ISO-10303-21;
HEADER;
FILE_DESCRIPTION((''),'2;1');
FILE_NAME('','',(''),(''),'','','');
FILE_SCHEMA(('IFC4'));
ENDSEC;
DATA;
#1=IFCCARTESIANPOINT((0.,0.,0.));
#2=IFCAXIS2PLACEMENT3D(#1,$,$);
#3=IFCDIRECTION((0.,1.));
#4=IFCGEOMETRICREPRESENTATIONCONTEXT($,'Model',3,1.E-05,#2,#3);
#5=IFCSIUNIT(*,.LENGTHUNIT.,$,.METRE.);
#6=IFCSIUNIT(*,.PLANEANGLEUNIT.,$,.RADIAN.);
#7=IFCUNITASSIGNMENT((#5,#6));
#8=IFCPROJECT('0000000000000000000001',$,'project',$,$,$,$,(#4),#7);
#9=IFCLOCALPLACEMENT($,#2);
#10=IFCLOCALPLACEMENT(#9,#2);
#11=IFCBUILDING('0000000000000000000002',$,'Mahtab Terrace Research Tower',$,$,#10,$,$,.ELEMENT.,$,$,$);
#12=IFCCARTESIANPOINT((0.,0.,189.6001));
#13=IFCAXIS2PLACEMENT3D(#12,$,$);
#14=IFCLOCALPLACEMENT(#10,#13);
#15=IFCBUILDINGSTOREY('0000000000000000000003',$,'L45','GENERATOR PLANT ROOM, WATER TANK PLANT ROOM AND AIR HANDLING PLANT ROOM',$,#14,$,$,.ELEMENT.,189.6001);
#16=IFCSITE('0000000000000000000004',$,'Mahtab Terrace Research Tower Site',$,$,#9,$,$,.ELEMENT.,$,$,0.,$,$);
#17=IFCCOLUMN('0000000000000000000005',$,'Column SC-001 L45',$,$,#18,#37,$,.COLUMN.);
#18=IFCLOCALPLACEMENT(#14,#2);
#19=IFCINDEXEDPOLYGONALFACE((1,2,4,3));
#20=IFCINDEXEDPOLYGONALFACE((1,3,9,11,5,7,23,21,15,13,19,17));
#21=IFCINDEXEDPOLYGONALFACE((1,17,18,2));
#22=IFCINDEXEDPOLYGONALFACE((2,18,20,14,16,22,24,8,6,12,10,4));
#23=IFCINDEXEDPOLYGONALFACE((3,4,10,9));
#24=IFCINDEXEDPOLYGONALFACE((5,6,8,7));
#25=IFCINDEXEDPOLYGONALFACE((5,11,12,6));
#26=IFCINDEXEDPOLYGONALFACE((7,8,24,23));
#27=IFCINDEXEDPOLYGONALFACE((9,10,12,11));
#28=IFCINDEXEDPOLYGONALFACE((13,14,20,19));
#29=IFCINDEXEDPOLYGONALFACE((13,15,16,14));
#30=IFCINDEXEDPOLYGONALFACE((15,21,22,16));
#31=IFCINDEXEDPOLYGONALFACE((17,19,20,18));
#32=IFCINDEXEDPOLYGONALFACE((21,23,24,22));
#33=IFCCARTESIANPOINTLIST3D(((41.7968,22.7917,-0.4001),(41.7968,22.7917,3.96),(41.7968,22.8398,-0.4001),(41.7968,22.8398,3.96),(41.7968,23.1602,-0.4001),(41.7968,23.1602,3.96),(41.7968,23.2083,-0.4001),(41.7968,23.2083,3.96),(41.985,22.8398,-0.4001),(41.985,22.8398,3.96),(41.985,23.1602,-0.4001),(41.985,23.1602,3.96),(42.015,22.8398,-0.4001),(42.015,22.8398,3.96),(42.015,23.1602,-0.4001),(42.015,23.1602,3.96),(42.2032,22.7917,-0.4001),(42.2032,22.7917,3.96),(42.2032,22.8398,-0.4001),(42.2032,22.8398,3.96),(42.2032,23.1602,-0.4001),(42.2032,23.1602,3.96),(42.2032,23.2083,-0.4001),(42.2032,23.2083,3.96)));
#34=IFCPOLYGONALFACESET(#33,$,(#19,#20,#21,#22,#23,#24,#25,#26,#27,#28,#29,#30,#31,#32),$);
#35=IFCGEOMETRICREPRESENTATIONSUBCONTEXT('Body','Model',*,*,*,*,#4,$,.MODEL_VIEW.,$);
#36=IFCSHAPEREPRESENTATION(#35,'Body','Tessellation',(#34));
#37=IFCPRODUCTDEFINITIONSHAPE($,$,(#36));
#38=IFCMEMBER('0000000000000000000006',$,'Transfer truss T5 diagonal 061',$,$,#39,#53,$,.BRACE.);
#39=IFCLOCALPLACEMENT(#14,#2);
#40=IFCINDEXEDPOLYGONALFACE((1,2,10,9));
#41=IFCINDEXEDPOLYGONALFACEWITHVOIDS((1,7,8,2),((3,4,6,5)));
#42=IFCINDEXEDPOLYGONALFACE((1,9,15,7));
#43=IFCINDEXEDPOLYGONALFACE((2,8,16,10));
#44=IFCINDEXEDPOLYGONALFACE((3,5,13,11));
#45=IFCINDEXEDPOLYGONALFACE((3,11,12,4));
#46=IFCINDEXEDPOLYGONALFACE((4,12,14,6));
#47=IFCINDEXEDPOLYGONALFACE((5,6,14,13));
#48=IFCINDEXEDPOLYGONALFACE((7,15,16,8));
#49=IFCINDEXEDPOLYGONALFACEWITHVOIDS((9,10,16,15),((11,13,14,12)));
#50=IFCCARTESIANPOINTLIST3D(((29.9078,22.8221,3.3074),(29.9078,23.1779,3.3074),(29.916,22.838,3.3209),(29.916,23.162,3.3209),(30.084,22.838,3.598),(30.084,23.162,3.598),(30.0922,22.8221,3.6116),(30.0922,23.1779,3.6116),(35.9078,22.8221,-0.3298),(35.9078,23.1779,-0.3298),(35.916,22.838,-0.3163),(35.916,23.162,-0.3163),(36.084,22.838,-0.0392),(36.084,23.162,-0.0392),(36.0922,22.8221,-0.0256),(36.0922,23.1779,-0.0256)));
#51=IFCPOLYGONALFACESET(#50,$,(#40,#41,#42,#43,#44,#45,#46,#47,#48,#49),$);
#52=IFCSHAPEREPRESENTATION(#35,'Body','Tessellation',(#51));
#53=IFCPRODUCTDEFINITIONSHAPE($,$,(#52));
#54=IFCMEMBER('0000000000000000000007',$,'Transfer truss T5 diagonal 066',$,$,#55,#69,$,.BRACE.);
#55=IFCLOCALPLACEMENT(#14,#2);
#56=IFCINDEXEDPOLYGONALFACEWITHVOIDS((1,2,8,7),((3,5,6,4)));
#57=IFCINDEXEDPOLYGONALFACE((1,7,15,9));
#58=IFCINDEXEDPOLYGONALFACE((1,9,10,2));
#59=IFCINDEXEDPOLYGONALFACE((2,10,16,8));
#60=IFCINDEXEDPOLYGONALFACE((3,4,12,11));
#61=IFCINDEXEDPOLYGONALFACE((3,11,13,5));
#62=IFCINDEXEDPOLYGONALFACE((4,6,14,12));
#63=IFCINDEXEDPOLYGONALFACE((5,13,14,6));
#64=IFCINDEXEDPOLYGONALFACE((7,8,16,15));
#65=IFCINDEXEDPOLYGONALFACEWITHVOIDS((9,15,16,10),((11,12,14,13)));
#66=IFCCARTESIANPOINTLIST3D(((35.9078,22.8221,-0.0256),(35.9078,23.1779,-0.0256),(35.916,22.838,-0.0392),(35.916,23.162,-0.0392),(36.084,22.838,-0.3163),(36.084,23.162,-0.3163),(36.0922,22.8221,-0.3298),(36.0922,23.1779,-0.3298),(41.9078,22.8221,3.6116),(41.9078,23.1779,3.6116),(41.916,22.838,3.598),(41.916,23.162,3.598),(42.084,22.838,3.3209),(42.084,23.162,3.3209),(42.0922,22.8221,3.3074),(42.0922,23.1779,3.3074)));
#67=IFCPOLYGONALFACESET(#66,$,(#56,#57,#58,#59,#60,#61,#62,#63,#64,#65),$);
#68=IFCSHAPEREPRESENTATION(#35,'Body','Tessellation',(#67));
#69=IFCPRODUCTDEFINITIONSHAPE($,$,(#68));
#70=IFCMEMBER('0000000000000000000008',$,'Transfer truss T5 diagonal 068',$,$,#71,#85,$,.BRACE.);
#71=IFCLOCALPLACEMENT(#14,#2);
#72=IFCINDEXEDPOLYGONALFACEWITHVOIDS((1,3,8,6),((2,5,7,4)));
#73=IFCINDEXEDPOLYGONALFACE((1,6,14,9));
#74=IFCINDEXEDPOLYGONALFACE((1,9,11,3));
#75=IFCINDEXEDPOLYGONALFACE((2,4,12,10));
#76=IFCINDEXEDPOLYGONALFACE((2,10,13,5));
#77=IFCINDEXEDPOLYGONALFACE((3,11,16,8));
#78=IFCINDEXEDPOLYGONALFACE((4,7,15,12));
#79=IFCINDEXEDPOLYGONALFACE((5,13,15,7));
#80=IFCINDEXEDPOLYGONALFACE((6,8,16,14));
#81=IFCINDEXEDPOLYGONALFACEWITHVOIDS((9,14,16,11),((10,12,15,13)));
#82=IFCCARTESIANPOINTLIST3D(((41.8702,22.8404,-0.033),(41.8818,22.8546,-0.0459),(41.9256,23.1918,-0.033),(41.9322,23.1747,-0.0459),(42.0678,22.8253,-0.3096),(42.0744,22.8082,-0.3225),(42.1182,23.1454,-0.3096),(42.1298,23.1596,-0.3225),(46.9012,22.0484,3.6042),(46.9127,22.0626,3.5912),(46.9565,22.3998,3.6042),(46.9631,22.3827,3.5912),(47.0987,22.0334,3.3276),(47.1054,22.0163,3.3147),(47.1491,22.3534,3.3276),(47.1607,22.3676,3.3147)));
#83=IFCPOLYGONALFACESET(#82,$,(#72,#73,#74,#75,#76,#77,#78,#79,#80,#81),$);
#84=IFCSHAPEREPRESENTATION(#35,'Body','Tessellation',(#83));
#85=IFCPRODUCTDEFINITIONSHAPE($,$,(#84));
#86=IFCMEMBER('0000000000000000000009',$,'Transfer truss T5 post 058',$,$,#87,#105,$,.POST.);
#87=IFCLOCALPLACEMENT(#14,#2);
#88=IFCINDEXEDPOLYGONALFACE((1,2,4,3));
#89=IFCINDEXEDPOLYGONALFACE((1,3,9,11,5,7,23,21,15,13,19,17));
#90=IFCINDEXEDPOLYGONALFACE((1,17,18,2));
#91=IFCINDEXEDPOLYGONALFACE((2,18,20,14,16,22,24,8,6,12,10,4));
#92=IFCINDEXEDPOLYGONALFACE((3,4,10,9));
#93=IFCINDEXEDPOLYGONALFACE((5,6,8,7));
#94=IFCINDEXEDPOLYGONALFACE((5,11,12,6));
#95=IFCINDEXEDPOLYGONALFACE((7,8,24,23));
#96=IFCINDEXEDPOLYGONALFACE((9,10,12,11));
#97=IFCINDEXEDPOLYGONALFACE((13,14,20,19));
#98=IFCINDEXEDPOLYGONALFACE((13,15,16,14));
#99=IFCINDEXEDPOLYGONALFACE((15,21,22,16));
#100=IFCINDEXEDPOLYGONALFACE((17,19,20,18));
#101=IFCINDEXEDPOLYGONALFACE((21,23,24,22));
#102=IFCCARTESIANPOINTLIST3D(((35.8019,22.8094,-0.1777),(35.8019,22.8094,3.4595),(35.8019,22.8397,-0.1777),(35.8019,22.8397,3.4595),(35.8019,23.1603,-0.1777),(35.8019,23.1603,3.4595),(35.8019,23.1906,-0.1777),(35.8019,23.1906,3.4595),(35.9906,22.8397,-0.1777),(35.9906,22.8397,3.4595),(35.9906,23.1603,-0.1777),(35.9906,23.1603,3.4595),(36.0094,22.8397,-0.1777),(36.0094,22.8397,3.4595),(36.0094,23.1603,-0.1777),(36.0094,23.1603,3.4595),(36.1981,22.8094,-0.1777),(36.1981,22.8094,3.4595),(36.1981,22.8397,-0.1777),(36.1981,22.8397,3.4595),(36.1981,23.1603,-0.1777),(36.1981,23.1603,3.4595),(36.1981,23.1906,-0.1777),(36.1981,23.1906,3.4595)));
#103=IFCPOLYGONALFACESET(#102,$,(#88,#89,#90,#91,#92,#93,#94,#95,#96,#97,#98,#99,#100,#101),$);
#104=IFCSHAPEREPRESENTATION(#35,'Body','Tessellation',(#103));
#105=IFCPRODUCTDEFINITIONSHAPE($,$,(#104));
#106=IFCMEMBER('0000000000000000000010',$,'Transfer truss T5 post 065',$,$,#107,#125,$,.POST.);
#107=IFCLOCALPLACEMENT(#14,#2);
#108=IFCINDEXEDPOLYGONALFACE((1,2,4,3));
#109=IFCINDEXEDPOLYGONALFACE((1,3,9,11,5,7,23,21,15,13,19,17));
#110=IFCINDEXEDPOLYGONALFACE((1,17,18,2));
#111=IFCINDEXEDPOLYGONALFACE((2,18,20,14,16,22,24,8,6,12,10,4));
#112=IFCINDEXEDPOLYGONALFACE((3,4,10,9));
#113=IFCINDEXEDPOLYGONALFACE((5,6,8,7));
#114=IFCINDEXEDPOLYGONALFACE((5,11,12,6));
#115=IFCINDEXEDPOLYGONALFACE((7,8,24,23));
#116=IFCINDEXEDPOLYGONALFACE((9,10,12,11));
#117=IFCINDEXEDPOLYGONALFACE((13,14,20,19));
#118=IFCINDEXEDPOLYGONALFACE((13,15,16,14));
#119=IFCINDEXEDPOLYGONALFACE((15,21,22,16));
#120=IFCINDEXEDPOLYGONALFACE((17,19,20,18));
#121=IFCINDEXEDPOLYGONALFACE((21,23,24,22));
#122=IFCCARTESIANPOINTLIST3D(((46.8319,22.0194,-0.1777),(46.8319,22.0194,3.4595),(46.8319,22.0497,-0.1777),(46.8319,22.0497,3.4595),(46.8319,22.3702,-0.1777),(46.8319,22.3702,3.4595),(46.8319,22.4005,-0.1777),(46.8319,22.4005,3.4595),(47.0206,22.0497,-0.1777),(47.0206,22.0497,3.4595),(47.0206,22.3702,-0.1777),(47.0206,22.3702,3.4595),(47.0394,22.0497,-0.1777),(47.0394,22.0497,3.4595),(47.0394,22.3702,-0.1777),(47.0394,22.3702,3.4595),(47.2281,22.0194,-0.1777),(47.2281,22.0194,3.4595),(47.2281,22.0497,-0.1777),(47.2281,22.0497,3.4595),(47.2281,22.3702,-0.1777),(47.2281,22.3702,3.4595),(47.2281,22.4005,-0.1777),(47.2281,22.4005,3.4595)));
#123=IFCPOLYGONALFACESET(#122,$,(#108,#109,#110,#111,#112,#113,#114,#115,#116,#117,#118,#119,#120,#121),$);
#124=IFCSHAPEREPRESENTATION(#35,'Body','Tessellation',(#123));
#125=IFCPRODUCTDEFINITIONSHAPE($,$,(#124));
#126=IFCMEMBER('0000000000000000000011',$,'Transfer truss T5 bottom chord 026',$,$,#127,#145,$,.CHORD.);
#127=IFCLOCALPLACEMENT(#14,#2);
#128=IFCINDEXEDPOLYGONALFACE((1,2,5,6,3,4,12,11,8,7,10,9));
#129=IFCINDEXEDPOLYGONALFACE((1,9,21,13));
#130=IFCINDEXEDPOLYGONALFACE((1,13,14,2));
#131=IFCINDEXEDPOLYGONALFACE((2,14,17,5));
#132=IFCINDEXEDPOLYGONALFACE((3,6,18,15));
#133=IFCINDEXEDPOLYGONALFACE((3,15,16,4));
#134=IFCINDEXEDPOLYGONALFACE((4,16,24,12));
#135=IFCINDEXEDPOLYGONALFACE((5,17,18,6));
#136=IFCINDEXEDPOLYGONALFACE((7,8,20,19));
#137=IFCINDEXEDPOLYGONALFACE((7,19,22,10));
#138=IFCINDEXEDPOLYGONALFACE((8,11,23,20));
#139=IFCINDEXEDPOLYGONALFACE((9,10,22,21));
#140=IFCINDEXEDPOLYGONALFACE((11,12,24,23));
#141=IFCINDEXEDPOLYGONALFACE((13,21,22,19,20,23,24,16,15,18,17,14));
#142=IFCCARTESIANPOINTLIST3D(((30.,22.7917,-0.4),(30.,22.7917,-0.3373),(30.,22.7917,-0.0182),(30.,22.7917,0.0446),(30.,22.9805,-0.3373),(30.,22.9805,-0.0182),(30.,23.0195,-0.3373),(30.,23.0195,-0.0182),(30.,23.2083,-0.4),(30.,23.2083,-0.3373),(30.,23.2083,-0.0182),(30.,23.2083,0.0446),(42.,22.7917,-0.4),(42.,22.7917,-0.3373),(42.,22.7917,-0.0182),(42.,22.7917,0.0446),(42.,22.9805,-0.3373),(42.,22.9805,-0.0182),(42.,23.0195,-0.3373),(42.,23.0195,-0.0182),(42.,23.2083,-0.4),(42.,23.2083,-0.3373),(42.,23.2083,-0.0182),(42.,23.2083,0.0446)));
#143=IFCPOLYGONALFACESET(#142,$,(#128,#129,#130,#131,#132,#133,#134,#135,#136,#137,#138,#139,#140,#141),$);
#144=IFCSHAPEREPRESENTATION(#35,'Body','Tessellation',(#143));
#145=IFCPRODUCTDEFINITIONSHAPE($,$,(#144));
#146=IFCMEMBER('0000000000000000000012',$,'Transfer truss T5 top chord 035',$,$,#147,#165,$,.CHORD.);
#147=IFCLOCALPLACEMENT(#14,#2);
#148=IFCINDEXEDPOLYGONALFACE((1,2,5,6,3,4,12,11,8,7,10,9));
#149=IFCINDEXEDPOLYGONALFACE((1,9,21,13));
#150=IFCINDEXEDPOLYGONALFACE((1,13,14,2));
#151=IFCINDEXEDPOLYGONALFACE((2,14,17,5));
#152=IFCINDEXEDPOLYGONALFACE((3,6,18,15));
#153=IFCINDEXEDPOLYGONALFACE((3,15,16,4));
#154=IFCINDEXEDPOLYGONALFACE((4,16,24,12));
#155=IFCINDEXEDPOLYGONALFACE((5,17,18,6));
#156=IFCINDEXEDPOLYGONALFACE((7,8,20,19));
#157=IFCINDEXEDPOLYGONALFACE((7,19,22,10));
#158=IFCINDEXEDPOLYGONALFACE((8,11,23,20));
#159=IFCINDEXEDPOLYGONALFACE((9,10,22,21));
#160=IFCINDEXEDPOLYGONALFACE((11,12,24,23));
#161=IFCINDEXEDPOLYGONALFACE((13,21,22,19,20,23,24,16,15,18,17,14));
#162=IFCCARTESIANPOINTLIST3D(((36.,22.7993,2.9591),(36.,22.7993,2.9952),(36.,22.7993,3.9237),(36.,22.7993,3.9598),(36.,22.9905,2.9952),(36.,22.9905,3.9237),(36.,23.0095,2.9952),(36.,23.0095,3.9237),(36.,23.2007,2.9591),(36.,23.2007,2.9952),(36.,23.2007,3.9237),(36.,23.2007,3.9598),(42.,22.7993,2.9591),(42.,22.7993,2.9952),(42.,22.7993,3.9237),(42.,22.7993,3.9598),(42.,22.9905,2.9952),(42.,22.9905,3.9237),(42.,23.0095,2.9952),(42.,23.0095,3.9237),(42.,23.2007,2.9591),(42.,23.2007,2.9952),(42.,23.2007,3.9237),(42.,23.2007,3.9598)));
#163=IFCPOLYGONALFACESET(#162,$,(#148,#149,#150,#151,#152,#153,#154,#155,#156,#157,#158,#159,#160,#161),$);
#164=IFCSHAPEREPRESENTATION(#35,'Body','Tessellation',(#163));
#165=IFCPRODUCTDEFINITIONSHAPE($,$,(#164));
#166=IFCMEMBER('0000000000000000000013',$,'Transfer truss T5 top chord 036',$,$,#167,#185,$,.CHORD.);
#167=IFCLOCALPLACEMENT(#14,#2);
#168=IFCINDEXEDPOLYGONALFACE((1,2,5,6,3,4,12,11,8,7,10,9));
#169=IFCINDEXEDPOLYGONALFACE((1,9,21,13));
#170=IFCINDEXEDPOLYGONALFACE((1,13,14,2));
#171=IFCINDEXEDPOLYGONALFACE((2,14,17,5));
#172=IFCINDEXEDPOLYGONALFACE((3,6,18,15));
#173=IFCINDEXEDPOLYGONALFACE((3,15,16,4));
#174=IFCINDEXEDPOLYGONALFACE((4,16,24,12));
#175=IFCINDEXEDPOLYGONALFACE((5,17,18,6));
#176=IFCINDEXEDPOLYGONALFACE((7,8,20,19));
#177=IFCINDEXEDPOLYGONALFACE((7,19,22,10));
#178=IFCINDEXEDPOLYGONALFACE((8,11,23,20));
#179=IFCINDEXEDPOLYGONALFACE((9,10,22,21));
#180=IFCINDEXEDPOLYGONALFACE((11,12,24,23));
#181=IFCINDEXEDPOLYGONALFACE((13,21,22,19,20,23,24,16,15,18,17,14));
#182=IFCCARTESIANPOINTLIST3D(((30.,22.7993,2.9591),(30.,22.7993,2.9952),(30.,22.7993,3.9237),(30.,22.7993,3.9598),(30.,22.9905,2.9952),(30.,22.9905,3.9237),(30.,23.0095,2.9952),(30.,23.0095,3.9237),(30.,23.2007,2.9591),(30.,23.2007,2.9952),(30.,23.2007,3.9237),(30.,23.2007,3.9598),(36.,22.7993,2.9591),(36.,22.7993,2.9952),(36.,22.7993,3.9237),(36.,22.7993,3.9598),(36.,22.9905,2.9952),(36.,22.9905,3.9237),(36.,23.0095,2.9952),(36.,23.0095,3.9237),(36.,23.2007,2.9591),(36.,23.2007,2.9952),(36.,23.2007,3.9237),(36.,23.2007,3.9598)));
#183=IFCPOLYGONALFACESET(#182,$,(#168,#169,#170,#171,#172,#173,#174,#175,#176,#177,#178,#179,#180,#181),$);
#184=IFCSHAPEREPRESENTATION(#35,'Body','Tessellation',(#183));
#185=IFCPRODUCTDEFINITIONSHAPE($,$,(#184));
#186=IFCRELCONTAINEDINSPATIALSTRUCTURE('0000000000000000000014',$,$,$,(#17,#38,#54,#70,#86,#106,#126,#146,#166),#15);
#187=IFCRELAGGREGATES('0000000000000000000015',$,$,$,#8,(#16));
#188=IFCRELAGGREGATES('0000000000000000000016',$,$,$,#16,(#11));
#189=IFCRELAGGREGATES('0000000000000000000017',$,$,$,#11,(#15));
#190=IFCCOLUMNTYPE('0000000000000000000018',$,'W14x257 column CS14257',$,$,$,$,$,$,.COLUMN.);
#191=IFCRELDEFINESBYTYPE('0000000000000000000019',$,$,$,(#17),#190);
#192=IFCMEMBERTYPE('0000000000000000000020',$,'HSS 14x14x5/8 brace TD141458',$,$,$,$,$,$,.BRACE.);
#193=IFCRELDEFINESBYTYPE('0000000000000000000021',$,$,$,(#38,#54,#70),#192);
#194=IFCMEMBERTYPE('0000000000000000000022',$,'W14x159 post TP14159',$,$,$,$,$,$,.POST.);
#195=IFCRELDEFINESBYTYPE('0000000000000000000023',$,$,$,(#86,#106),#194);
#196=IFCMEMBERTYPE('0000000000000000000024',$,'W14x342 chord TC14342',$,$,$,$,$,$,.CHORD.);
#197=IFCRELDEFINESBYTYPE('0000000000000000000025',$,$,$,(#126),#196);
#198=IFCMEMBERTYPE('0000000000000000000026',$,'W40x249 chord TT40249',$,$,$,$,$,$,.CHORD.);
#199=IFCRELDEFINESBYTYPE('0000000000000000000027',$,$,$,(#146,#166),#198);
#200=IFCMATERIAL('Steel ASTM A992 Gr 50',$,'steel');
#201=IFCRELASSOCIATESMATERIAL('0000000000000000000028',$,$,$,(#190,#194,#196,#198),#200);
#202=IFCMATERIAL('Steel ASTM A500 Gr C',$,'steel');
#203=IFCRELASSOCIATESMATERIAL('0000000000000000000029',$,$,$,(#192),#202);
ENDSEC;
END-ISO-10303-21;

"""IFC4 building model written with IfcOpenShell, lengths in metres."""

from ifc_helpers import new_model, si_unit, direction, frame, origin, origin_2d, place, context, subcontext, project, spatial, hollow_rectangle, i_section, extrude, material, material_profile, profile_set, type_object, element, save


model = new_model("IFC4")

# Units and contexts
model_context = context("Model", 3, precision=1e-05, world=origin(), true_north=direction((0.0, 1.0)))
body_context = subcontext(model_context, "Body", "Model", "MODEL_VIEW")
ifc_project = project(units=[si_unit("LENGTHUNIT", "METRE"), si_unit("PLANEANGLEUNIT", "RADIAN")], contexts=[model_context])

# Site, building, storey
site_placement = place(None, origin())
site = spatial("IfcSite", under=ifc_project, at=site_placement, Name="Mahtab Terrace Research Tower Site", CompositionType="ELEMENT", RefElevation=0.0)
building_placement = place(site_placement, origin())
building = spatial("IfcBuilding", under=site, at=building_placement, Name="Mahtab Terrace Research Tower", CompositionType="ELEMENT")
storey_placement = place(building_placement, frame((0.0, 0.0, 189.6001)))
storey = spatial("IfcBuildingStorey", under=building, at=storey_placement, Name="L45", Description="GENERATOR PLANT ROOM, WATER TANK PLANT ROOM AND AIR HANDLING PLANT ROOM", CompositionType="ELEMENT", Elevation=189.6001)

# Column
ifc_material_1 = material(Name="Steel ASTM A992 Gr 50", Category="steel")
ifc_material_profile_1 = material_profile(ifc_material_1, i_section(OverallWidth=0.4065, OverallDepth=0.4165, WebThickness=0.03, FlangeThickness=0.0481, at=origin_2d()), Name="W14X257")
ifc_profile_set_1 = profile_set([ifc_material_profile_1], Name="Steel ASTM A992 Gr 50")
column_type = type_object("IfcColumnType", Name="W14x257 column CS14257", PredefinedType="COLUMN", material=ifc_profile_set_1)
column_placement = place(storey_placement, frame((42.0, 23.0, -0.4001), z_axis=(0.0, 0.0, 1.0), x_axis=(1.0, 0.0, 0.0)))
element("IfcColumn", 1, at=column_placement, inside=storey, type_object=column_type, Name="Column SC-001 L45", PredefinedType="COLUMN", context=body_context, shape_type="SweptSolid", body=[
    extrude(i_section(OverallWidth=0.4065, OverallDepth=0.4165, WebThickness=0.03, FlangeThickness=0.0481, at=origin_2d()), origin(), (0.0, 0.0, 1.0), 4.3601),
])

# Members
ifc_material_2 = material(Name="Steel ASTM A500 Gr C", Category="steel")
ifc_material_profile_2 = material_profile(ifc_material_2, hollow_rectangle(XDim=0.3557, YDim=0.3557, WallThickness=0.0159, at=origin_2d()), Name="HSS14X14X5/8")
ifc_profile_set_2 = profile_set([ifc_material_profile_2], Name="Steel ASTM A500 Gr C")
member_type_1 = type_object("IfcMemberType", Name="HSS 14x14x5/8 brace TD141458", PredefinedType="BRACE", material=ifc_profile_set_2)
for number, where, z_axis, x_axis, name in (
    (2, (36.0, 23.0, -0.1777), (-0.855145, 0.0, 0.51839), (0.0, -1.0, 0.0), "Transfer truss T5 diagonal 061"),
    (3, (36.0, 23.0, -0.1777), (0.855145, 0.0, 0.51839), (0.0, 1.0, 0.0), "Transfer truss T5 diagonal 066"),
):
    element("IfcMember", number, at=place(storey_placement, frame(where, z_axis=z_axis, x_axis=x_axis)), inside=storey, type_object=member_type_1, Name=name, PredefinedType="BRACE", context=body_context, shape_type="SweptSolid", body=[
        extrude(hollow_rectangle(XDim=0.3557, YDim=0.3557, WallThickness=0.0159, at=origin_2d()), origin(), (0.0, 0.0, 1.0), 7.0164),
    ])
member_1_placement = place(storey_placement, frame((42.0, 23.0, -0.1777), z_axis=(0.803881, -0.126549, 0.581172), x_axis=(0.155507, 0.987835, 0.0)))
element("IfcMember", 4, at=member_1_placement, inside=storey, type_object=member_type_1, Name="Transfer truss T5 diagonal 068", PredefinedType="BRACE", context=body_context, shape_type="SweptSolid", body=[
    extrude(hollow_rectangle(XDim=0.3557, YDim=0.3557, WallThickness=0.0159, at=origin_2d()), origin(), (0.0, 0.0, 1.0), 6.2583),
])
ifc_material_profile_3 = material_profile(ifc_material_1, i_section(OverallWidth=0.3962, OverallDepth=0.3811, WebThickness=0.0188, FlangeThickness=0.0303, at=origin_2d()), Name="W14X159")
ifc_profile_set_3 = profile_set([ifc_material_profile_3], Name="Steel ASTM A992 Gr 50")
member_type_2 = type_object("IfcMemberType", Name="W14x159 post TP14159", PredefinedType="POST", material=ifc_profile_set_3)
for number, where, z_axis, x_axis, name in (
    (5, (36.0, 23.0, -0.1777), (0.0, 0.0, 1.0), (1.0, 0.0, 0.0), "Transfer truss T5 post 058"),
    (6, (47.03, 22.21, -0.1777), (0.0, 0.0, 1.0), (1.0, 0.0, 0.0), "Transfer truss T5 post 065"),
):
    element("IfcMember", number, at=place(storey_placement, frame(where, z_axis=z_axis, x_axis=x_axis)), inside=storey, type_object=member_type_2, Name=name, PredefinedType="POST", context=body_context, shape_type="SweptSolid", body=[
        extrude(i_section(OverallWidth=0.3962, OverallDepth=0.3811, WebThickness=0.0188, FlangeThickness=0.0303, at=origin_2d()), origin(), (0.0, 0.0, 1.0), 3.6372),
    ])
ifc_material_profile_4 = material_profile(ifc_material_1, i_section(OverallWidth=0.4165, OverallDepth=0.4446, WebThickness=0.0391, FlangeThickness=0.0627, at=origin_2d()), Name="W14X342")
ifc_profile_set_4 = profile_set([ifc_material_profile_4], Name="Steel ASTM A992 Gr 50")
member_type_3 = type_object("IfcMemberType", Name="W14x342 chord TC14342", PredefinedType="CHORD", material=ifc_profile_set_4)
member_2_placement = place(storey_placement, frame((42.0, 23.0, -0.1777), z_axis=(-1.0, 0.0, 0.0), x_axis=(0.0, -1.0, 0.0)))
element("IfcMember", 7, at=member_2_placement, inside=storey, type_object=member_type_3, Name="Transfer truss T5 bottom chord 026", PredefinedType="CHORD", context=body_context, shape_type="SweptSolid", body=[
    extrude(i_section(OverallWidth=0.4165, OverallDepth=0.4446, WebThickness=0.0391, FlangeThickness=0.0627, at=origin_2d()), origin(), (0.0, 0.0, 1.0), 12.0),
])
ifc_material_profile_5 = material_profile(ifc_material_1, i_section(OverallWidth=0.4014, OverallDepth=1.0007, WebThickness=0.019, FlangeThickness=0.0361, at=origin_2d()), Name="W40X249")
ifc_profile_set_5 = profile_set([ifc_material_profile_5], Name="Steel ASTM A992 Gr 50")
member_type_4 = type_object("IfcMemberType", Name="W40x249 chord TT40249", PredefinedType="CHORD", material=ifc_profile_set_5)
for number, where, z_axis, x_axis, name in (
    (8, (42.0, 23.0, 3.4595), (-1.0, 0.0, 0.0), (0.0, -1.0, 0.0), "Transfer truss T5 top chord 035"),
    (9, (36.0, 23.0, 3.4595), (-1.0, 0.0, 0.0), (0.0, -1.0, 0.0), "Transfer truss T5 top chord 036"),
):
    element("IfcMember", number, at=place(storey_placement, frame(where, z_axis=z_axis, x_axis=x_axis)), inside=storey, type_object=member_type_4, Name=name, PredefinedType="CHORD", context=body_context, shape_type="SweptSolid", body=[
        extrude(i_section(OverallWidth=0.4014, OverallDepth=1.0007, WebThickness=0.019, FlangeThickness=0.0361, at=origin_2d()), origin(), (0.0, 0.0, 1.0), 6.0),
    ])

save(model, "model.ifc")
